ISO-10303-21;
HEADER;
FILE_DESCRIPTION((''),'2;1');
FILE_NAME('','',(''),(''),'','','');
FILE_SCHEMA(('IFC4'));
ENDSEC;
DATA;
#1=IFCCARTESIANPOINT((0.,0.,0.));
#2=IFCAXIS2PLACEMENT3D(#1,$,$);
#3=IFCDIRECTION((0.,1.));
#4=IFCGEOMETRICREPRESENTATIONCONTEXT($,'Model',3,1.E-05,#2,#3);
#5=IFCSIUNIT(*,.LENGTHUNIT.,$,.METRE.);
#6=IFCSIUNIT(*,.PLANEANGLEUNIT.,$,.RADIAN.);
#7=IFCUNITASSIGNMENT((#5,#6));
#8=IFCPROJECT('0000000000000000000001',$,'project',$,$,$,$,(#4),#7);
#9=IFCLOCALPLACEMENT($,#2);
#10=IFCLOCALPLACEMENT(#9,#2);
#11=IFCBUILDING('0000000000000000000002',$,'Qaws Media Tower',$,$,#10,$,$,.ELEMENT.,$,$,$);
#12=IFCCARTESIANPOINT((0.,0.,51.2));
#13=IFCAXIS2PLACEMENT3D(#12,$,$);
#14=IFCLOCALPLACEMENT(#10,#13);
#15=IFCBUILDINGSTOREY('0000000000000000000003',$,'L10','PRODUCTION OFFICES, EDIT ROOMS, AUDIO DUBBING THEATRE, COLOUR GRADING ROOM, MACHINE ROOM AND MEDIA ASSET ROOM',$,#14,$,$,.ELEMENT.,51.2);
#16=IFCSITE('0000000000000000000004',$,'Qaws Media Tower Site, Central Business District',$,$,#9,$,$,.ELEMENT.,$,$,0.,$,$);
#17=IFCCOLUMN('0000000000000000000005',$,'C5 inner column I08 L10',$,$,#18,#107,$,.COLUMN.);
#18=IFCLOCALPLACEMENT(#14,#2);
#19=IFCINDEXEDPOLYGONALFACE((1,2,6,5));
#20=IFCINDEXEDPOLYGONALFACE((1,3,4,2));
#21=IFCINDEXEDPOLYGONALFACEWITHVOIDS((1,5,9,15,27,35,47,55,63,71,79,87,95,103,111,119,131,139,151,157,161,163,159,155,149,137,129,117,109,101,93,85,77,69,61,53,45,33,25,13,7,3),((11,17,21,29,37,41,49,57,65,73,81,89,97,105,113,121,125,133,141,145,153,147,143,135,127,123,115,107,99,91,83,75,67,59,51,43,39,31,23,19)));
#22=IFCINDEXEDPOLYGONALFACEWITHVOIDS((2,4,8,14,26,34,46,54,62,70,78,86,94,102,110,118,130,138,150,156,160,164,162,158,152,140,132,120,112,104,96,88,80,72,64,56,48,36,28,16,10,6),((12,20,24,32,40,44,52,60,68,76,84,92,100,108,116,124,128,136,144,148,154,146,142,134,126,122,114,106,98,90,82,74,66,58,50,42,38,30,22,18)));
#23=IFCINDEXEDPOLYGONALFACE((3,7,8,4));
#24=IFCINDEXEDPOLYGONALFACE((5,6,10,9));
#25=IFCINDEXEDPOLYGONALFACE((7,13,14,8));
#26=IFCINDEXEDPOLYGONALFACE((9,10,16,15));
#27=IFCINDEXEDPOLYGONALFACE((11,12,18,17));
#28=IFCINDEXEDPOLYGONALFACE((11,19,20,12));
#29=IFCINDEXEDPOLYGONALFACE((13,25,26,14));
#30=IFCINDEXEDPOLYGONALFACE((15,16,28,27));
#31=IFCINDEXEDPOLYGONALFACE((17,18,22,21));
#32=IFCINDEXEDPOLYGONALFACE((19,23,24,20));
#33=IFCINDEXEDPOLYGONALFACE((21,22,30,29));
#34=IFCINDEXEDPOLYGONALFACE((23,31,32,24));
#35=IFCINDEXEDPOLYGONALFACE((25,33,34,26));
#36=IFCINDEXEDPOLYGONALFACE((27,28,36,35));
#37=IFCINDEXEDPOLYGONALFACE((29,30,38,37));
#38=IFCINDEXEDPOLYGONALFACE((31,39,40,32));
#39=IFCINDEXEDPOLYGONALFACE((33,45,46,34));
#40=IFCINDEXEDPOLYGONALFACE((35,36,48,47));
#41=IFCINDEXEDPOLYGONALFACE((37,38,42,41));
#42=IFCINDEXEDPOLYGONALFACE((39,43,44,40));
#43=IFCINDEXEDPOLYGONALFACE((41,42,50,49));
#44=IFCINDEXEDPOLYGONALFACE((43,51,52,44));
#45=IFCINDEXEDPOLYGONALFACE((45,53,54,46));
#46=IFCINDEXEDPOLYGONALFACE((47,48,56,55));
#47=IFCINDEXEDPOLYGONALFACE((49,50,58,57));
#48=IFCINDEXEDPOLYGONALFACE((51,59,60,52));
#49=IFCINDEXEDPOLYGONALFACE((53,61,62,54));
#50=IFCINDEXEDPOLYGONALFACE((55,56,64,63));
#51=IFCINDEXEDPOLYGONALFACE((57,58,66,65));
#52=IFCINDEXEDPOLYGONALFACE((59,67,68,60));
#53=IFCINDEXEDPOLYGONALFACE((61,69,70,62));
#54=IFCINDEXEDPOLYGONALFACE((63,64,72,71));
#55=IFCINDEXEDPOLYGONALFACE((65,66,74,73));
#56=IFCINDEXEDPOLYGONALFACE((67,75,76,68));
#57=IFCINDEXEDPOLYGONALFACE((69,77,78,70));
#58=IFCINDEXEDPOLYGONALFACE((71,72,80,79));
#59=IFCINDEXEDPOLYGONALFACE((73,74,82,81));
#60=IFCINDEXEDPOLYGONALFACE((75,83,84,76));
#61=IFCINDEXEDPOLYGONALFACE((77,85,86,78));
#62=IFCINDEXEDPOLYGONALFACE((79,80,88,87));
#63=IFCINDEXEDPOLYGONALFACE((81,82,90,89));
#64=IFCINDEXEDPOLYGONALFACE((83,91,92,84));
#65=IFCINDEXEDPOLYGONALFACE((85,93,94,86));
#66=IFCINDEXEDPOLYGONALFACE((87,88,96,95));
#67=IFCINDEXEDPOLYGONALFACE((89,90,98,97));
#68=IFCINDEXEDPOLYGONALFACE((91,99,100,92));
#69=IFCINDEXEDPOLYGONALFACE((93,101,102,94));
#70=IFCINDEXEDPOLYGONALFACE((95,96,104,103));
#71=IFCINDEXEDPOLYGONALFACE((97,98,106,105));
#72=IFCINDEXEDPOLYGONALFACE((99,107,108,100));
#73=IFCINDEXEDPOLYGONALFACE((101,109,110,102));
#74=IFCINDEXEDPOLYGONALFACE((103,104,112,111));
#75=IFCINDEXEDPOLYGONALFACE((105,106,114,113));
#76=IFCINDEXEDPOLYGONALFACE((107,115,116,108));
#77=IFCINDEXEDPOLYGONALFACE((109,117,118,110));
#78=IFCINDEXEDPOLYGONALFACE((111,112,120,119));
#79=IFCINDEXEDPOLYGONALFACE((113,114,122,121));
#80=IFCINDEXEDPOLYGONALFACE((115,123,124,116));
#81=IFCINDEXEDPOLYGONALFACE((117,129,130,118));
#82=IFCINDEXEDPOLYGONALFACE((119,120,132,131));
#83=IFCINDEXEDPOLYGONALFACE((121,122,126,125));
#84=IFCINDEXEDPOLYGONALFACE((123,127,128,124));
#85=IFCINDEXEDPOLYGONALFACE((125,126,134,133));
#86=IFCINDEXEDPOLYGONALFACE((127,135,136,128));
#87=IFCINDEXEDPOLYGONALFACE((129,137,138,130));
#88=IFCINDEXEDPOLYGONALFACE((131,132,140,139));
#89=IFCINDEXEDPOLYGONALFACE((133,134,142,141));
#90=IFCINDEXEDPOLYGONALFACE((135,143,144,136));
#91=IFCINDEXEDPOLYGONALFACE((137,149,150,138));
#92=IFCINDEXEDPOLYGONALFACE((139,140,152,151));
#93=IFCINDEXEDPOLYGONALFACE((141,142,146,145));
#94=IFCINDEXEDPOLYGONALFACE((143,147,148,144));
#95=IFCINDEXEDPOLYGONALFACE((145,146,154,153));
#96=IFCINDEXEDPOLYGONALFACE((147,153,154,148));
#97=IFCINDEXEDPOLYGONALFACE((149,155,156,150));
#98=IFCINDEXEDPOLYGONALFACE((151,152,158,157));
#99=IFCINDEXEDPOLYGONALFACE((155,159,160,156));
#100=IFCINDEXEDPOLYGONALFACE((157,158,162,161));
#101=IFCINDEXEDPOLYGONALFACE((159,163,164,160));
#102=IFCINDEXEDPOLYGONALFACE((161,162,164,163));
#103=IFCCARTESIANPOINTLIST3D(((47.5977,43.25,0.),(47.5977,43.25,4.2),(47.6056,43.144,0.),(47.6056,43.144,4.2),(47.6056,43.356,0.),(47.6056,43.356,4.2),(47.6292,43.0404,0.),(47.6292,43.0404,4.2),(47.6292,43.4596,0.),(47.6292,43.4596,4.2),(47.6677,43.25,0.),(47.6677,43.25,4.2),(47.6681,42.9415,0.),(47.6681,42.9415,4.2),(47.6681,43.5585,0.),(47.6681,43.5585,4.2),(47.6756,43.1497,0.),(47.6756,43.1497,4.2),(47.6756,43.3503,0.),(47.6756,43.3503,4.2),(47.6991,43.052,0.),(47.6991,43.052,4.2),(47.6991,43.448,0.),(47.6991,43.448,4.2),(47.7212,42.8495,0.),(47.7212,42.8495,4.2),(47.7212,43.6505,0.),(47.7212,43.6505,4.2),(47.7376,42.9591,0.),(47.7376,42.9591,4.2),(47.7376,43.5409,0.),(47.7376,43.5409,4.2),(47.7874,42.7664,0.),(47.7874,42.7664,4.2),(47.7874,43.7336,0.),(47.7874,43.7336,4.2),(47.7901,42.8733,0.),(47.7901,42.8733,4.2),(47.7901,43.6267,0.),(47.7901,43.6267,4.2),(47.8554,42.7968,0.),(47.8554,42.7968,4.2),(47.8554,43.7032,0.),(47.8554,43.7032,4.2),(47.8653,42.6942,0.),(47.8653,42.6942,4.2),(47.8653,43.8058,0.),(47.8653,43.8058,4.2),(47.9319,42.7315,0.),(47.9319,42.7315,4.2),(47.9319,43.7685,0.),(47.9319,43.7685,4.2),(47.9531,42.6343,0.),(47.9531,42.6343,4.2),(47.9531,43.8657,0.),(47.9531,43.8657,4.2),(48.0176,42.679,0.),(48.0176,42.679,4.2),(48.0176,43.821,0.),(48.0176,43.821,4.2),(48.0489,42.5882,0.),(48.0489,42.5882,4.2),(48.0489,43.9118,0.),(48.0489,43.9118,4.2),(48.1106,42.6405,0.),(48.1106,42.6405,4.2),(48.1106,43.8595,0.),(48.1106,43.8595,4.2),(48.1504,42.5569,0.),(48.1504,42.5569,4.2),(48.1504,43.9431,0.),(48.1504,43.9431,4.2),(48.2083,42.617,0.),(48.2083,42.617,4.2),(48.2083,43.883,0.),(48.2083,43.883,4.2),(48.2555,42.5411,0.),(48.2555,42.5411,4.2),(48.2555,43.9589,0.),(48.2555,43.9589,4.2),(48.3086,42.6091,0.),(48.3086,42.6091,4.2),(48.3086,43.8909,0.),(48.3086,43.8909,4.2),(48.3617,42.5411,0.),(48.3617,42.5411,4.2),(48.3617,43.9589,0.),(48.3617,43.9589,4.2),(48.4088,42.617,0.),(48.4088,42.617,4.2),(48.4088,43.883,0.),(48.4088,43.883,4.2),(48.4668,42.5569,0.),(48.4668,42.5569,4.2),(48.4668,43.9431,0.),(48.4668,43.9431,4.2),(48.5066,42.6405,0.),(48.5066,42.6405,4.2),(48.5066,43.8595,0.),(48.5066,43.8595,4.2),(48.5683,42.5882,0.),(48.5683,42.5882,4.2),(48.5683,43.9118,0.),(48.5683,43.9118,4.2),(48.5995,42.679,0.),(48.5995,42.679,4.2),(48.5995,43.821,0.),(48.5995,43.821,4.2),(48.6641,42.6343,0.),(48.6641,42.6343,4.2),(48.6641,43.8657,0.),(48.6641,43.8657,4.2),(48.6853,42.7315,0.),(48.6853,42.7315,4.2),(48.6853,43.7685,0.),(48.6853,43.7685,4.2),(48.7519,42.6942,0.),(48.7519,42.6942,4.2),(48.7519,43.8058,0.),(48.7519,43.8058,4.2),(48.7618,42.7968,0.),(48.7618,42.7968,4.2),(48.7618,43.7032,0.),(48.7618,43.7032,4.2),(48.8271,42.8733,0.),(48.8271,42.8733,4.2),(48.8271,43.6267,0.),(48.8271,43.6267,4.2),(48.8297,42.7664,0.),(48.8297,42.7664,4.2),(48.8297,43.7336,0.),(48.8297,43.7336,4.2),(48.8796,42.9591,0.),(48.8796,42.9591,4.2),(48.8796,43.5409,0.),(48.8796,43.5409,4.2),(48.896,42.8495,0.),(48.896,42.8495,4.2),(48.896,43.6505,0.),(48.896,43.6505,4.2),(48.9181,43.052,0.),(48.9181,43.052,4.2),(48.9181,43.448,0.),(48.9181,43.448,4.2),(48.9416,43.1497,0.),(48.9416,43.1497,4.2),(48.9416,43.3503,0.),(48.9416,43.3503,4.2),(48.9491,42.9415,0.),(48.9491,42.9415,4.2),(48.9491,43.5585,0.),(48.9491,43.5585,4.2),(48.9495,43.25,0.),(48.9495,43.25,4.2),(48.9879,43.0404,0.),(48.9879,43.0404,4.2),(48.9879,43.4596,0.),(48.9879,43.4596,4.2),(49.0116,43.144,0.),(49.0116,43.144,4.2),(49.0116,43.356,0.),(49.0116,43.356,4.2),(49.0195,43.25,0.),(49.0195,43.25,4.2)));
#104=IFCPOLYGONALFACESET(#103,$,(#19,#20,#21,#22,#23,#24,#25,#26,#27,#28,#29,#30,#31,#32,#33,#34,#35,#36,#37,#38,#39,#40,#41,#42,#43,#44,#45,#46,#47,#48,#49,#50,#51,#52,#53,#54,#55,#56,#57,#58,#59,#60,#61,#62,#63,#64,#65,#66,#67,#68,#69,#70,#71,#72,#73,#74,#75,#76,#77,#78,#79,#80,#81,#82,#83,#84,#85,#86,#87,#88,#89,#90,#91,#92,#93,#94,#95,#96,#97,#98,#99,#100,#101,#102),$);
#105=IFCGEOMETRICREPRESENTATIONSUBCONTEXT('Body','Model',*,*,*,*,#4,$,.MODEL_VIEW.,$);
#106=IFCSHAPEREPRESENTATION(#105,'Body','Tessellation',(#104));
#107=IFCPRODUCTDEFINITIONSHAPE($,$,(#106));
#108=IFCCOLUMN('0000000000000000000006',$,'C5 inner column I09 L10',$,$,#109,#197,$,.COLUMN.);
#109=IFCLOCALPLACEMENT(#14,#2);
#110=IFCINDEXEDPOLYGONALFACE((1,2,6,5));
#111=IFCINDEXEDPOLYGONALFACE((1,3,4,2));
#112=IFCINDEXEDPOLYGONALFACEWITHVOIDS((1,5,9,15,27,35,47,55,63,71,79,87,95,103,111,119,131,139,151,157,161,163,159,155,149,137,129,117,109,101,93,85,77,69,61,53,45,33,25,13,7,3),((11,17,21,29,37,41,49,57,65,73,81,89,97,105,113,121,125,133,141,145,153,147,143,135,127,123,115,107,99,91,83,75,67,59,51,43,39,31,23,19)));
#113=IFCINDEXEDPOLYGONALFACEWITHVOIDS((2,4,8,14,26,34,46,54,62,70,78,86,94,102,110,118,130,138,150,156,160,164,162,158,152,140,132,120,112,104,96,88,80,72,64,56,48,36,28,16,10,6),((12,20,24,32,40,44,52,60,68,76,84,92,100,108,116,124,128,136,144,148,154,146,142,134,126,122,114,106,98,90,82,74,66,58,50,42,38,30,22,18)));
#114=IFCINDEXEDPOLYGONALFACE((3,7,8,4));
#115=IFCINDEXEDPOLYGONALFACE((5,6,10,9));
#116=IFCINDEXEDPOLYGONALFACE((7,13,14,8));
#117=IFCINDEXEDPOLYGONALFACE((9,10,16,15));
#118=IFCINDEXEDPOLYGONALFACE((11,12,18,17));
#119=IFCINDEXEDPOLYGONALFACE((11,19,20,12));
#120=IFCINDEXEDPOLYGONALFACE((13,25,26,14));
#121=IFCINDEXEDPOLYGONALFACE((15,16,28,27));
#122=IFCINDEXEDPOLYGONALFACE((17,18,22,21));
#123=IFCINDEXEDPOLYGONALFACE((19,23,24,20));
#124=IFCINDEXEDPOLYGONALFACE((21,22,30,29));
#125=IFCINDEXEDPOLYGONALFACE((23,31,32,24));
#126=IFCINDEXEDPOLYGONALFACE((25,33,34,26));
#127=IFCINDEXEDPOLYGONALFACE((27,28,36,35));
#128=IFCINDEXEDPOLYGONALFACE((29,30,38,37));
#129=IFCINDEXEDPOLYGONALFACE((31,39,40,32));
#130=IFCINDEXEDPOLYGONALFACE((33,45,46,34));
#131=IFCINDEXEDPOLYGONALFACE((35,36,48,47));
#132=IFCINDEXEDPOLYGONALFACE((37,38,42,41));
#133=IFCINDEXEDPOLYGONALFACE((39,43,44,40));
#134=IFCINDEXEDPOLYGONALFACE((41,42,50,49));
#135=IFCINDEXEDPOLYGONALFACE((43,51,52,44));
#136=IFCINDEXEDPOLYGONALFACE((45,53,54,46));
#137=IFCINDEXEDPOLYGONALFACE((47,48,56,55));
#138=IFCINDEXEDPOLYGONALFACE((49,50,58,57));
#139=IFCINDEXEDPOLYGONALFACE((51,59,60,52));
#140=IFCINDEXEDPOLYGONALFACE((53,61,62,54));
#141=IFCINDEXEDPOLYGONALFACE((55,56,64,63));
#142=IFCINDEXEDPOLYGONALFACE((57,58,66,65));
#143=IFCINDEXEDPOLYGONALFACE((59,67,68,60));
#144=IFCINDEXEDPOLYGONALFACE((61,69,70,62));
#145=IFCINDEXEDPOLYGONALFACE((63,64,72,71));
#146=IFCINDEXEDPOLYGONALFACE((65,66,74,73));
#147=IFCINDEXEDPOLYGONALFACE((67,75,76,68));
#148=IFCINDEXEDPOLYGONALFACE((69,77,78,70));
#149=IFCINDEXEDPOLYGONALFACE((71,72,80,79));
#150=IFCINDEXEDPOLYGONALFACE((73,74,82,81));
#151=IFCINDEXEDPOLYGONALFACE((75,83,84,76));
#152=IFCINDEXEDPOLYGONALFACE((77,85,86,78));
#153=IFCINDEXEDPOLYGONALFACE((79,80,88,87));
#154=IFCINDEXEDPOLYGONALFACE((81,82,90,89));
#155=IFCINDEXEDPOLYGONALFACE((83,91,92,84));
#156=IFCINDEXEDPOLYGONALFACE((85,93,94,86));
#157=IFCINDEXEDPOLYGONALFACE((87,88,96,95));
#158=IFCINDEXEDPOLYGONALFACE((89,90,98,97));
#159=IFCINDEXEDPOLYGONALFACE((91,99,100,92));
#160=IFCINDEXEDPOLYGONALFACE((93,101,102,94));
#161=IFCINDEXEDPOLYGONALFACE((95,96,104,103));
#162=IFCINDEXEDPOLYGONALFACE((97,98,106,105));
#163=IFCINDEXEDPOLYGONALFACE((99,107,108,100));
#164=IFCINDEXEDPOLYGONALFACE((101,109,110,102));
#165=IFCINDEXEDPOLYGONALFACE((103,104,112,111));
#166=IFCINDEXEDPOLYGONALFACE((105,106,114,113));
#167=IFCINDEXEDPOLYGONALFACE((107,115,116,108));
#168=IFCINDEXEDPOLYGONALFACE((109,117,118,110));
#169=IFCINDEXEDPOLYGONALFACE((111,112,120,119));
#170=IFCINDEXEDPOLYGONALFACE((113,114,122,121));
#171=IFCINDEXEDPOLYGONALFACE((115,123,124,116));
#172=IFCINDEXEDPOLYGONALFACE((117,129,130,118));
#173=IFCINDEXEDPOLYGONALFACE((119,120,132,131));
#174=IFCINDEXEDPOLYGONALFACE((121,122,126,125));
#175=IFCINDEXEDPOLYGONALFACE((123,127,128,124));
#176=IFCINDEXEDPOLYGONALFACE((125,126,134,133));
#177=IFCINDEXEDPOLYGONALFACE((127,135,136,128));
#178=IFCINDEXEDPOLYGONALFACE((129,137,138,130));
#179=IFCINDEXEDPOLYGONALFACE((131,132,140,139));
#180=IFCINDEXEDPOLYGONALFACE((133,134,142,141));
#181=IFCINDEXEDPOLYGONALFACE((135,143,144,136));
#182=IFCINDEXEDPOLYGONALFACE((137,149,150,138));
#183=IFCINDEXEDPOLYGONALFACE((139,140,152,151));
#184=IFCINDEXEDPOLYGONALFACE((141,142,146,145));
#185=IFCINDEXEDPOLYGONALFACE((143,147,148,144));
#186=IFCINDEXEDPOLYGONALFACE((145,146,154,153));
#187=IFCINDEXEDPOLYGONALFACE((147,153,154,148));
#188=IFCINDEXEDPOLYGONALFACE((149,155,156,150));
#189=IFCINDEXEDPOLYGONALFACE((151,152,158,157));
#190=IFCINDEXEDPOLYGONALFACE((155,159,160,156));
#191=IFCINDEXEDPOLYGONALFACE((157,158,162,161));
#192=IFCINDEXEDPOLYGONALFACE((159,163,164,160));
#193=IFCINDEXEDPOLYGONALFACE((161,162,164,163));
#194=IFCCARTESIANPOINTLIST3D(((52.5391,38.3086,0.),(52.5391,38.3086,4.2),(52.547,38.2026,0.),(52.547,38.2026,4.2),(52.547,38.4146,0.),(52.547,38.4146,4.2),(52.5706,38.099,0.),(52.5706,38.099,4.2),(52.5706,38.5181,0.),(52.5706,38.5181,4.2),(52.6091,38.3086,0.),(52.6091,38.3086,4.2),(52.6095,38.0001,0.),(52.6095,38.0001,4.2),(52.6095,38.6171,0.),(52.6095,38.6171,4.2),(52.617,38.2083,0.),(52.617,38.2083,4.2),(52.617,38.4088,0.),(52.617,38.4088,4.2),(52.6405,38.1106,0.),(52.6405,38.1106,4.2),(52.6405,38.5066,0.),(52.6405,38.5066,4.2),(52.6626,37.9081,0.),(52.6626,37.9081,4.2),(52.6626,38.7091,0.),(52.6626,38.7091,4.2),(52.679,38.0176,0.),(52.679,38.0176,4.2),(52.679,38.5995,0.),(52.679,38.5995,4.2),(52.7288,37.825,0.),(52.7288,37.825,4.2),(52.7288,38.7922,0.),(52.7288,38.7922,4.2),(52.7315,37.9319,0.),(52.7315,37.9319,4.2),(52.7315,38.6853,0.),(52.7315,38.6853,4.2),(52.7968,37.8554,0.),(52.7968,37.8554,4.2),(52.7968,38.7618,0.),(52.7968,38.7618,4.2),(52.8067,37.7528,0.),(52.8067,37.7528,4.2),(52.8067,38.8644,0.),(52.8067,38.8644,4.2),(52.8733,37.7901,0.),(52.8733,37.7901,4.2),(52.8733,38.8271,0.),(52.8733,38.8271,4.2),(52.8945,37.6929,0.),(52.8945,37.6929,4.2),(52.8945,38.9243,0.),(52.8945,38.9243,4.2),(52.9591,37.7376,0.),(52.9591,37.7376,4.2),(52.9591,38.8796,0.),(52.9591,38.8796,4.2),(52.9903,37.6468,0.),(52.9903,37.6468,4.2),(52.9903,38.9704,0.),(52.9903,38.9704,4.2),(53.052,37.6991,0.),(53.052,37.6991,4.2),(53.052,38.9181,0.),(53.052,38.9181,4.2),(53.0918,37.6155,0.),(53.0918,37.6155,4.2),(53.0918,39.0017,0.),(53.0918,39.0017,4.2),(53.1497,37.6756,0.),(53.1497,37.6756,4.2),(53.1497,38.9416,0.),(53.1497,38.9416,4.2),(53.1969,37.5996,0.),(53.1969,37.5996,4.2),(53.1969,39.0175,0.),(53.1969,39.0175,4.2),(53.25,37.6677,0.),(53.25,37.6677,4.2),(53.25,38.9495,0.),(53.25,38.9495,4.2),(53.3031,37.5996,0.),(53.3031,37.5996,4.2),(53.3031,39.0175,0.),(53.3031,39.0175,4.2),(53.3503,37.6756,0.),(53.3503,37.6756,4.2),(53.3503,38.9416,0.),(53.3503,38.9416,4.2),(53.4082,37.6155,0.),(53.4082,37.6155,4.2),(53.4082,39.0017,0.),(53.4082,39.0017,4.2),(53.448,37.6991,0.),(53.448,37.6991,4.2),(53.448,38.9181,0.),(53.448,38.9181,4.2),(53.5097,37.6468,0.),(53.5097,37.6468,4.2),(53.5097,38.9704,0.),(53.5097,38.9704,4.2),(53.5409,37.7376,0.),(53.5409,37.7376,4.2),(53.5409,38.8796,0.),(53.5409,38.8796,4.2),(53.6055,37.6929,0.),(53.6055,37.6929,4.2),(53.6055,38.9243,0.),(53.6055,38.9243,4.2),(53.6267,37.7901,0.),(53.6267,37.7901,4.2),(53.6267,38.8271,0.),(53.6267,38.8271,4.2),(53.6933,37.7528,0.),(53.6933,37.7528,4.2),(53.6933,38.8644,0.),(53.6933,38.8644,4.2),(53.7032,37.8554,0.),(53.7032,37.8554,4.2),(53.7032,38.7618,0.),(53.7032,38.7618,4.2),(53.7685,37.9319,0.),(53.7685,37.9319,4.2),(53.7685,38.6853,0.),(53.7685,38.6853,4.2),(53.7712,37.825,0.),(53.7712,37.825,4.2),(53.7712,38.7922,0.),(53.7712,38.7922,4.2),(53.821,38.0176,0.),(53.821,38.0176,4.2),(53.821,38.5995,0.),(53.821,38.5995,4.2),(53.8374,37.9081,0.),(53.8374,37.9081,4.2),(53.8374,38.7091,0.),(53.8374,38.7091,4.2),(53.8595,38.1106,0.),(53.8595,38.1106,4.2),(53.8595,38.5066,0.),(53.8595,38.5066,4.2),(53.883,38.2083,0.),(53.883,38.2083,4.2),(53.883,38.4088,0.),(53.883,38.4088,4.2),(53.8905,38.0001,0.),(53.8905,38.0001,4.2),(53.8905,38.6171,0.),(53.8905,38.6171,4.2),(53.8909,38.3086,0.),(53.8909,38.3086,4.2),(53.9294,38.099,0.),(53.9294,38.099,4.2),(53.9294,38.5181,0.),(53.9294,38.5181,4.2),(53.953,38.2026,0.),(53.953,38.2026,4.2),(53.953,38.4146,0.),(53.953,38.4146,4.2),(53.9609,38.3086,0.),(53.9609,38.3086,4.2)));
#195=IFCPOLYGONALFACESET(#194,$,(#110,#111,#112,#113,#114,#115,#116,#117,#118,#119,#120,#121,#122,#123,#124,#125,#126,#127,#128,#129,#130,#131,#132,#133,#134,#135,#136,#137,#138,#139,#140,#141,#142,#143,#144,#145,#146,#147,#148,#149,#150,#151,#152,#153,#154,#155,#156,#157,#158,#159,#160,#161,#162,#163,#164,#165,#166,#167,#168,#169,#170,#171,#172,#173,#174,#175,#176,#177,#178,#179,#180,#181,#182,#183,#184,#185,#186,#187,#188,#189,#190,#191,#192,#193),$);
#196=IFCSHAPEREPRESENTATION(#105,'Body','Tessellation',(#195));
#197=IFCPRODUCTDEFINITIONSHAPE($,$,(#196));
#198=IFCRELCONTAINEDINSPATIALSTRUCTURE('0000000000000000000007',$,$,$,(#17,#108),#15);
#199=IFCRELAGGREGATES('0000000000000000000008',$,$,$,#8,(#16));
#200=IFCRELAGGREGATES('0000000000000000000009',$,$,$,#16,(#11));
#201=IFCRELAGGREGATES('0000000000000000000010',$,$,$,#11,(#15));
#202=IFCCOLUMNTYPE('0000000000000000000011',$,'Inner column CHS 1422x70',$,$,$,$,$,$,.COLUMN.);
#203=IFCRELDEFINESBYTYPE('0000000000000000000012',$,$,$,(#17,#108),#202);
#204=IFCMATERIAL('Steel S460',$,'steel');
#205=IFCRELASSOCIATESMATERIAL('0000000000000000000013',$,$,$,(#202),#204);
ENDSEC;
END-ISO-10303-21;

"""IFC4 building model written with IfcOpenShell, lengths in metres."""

from ifc_helpers import new_model, si_unit, direction, frame, origin, origin_2d, place, context, subcontext, project, spatial, hollow_circle, extrude, material, material_profile, profile_set, type_object, element, save


model = new_model("IFC4")

# Units and contexts
model_context = context("Model", 3, precision=1e-05, world=origin(), true_north=direction((0.0, 1.0)))
body_context = subcontext(model_context, "Body", "Model", "MODEL_VIEW")
ifc_project = project(units=[si_unit("LENGTHUNIT", "METRE"), si_unit("PLANEANGLEUNIT", "RADIAN")], contexts=[model_context])

# Site, building, storey
site_placement = place(None, origin())
site = spatial("IfcSite", under=ifc_project, at=site_placement, Name="Qaws Media Tower Site, Central Business District", CompositionType="ELEMENT", RefElevation=0.0)
building_placement = place(site_placement, origin())
building = spatial("IfcBuilding", under=site, at=building_placement, Name="Qaws Media Tower", CompositionType="ELEMENT")
storey_placement = place(building_placement, frame((0.0, 0.0, 51.2)))
storey = spatial("IfcBuildingStorey", under=building, at=storey_placement, Name="L10", Description="PRODUCTION OFFICES, EDIT ROOMS, AUDIO DUBBING THEATRE, COLOUR GRADING ROOM, MACHINE ROOM AND MEDIA ASSET ROOM", CompositionType="ELEMENT", Elevation=51.2)

# Columns
ifc_material_1 = material(Name="Steel S460", Category="steel")
ifc_material_profile_1 = material_profile(ifc_material_1, hollow_circle(Radius=0.7109, WallThickness=0.0701, at=origin_2d()), Name="CHS 1422x70")
ifc_profile_set_1 = profile_set([ifc_material_profile_1], Name="Steel S460")
column_type = type_object("IfcColumnType", Name="Inner column CHS 1422x70", PredefinedType="COLUMN", material=ifc_profile_set_1)
for number, where, z_axis, x_axis, name in (
    (1, (48.3086, 43.25, 0.0), (0.0, 0.0, 1.0), (1.0, 0.0, 0.0), "C5 inner column I08 L10"),
    (2, (53.25, 38.3086, 0.0), (0.0, 0.0, 1.0), (1.0, 0.0, 0.0), "C5 inner column I09 L10"),
):
    element("IfcColumn", number, at=place(storey_placement, frame(where, z_axis=z_axis, x_axis=x_axis)), inside=storey, type_object=column_type, Name=name, PredefinedType="COLUMN", context=body_context, shape_type="SweptSolid", body=[
        extrude(hollow_circle(Radius=0.7109, WallThickness=0.0701, at=origin_2d()), origin(), (0.0, 0.0, 1.0), 4.2),
    ])

save(model, "model.ifc")
